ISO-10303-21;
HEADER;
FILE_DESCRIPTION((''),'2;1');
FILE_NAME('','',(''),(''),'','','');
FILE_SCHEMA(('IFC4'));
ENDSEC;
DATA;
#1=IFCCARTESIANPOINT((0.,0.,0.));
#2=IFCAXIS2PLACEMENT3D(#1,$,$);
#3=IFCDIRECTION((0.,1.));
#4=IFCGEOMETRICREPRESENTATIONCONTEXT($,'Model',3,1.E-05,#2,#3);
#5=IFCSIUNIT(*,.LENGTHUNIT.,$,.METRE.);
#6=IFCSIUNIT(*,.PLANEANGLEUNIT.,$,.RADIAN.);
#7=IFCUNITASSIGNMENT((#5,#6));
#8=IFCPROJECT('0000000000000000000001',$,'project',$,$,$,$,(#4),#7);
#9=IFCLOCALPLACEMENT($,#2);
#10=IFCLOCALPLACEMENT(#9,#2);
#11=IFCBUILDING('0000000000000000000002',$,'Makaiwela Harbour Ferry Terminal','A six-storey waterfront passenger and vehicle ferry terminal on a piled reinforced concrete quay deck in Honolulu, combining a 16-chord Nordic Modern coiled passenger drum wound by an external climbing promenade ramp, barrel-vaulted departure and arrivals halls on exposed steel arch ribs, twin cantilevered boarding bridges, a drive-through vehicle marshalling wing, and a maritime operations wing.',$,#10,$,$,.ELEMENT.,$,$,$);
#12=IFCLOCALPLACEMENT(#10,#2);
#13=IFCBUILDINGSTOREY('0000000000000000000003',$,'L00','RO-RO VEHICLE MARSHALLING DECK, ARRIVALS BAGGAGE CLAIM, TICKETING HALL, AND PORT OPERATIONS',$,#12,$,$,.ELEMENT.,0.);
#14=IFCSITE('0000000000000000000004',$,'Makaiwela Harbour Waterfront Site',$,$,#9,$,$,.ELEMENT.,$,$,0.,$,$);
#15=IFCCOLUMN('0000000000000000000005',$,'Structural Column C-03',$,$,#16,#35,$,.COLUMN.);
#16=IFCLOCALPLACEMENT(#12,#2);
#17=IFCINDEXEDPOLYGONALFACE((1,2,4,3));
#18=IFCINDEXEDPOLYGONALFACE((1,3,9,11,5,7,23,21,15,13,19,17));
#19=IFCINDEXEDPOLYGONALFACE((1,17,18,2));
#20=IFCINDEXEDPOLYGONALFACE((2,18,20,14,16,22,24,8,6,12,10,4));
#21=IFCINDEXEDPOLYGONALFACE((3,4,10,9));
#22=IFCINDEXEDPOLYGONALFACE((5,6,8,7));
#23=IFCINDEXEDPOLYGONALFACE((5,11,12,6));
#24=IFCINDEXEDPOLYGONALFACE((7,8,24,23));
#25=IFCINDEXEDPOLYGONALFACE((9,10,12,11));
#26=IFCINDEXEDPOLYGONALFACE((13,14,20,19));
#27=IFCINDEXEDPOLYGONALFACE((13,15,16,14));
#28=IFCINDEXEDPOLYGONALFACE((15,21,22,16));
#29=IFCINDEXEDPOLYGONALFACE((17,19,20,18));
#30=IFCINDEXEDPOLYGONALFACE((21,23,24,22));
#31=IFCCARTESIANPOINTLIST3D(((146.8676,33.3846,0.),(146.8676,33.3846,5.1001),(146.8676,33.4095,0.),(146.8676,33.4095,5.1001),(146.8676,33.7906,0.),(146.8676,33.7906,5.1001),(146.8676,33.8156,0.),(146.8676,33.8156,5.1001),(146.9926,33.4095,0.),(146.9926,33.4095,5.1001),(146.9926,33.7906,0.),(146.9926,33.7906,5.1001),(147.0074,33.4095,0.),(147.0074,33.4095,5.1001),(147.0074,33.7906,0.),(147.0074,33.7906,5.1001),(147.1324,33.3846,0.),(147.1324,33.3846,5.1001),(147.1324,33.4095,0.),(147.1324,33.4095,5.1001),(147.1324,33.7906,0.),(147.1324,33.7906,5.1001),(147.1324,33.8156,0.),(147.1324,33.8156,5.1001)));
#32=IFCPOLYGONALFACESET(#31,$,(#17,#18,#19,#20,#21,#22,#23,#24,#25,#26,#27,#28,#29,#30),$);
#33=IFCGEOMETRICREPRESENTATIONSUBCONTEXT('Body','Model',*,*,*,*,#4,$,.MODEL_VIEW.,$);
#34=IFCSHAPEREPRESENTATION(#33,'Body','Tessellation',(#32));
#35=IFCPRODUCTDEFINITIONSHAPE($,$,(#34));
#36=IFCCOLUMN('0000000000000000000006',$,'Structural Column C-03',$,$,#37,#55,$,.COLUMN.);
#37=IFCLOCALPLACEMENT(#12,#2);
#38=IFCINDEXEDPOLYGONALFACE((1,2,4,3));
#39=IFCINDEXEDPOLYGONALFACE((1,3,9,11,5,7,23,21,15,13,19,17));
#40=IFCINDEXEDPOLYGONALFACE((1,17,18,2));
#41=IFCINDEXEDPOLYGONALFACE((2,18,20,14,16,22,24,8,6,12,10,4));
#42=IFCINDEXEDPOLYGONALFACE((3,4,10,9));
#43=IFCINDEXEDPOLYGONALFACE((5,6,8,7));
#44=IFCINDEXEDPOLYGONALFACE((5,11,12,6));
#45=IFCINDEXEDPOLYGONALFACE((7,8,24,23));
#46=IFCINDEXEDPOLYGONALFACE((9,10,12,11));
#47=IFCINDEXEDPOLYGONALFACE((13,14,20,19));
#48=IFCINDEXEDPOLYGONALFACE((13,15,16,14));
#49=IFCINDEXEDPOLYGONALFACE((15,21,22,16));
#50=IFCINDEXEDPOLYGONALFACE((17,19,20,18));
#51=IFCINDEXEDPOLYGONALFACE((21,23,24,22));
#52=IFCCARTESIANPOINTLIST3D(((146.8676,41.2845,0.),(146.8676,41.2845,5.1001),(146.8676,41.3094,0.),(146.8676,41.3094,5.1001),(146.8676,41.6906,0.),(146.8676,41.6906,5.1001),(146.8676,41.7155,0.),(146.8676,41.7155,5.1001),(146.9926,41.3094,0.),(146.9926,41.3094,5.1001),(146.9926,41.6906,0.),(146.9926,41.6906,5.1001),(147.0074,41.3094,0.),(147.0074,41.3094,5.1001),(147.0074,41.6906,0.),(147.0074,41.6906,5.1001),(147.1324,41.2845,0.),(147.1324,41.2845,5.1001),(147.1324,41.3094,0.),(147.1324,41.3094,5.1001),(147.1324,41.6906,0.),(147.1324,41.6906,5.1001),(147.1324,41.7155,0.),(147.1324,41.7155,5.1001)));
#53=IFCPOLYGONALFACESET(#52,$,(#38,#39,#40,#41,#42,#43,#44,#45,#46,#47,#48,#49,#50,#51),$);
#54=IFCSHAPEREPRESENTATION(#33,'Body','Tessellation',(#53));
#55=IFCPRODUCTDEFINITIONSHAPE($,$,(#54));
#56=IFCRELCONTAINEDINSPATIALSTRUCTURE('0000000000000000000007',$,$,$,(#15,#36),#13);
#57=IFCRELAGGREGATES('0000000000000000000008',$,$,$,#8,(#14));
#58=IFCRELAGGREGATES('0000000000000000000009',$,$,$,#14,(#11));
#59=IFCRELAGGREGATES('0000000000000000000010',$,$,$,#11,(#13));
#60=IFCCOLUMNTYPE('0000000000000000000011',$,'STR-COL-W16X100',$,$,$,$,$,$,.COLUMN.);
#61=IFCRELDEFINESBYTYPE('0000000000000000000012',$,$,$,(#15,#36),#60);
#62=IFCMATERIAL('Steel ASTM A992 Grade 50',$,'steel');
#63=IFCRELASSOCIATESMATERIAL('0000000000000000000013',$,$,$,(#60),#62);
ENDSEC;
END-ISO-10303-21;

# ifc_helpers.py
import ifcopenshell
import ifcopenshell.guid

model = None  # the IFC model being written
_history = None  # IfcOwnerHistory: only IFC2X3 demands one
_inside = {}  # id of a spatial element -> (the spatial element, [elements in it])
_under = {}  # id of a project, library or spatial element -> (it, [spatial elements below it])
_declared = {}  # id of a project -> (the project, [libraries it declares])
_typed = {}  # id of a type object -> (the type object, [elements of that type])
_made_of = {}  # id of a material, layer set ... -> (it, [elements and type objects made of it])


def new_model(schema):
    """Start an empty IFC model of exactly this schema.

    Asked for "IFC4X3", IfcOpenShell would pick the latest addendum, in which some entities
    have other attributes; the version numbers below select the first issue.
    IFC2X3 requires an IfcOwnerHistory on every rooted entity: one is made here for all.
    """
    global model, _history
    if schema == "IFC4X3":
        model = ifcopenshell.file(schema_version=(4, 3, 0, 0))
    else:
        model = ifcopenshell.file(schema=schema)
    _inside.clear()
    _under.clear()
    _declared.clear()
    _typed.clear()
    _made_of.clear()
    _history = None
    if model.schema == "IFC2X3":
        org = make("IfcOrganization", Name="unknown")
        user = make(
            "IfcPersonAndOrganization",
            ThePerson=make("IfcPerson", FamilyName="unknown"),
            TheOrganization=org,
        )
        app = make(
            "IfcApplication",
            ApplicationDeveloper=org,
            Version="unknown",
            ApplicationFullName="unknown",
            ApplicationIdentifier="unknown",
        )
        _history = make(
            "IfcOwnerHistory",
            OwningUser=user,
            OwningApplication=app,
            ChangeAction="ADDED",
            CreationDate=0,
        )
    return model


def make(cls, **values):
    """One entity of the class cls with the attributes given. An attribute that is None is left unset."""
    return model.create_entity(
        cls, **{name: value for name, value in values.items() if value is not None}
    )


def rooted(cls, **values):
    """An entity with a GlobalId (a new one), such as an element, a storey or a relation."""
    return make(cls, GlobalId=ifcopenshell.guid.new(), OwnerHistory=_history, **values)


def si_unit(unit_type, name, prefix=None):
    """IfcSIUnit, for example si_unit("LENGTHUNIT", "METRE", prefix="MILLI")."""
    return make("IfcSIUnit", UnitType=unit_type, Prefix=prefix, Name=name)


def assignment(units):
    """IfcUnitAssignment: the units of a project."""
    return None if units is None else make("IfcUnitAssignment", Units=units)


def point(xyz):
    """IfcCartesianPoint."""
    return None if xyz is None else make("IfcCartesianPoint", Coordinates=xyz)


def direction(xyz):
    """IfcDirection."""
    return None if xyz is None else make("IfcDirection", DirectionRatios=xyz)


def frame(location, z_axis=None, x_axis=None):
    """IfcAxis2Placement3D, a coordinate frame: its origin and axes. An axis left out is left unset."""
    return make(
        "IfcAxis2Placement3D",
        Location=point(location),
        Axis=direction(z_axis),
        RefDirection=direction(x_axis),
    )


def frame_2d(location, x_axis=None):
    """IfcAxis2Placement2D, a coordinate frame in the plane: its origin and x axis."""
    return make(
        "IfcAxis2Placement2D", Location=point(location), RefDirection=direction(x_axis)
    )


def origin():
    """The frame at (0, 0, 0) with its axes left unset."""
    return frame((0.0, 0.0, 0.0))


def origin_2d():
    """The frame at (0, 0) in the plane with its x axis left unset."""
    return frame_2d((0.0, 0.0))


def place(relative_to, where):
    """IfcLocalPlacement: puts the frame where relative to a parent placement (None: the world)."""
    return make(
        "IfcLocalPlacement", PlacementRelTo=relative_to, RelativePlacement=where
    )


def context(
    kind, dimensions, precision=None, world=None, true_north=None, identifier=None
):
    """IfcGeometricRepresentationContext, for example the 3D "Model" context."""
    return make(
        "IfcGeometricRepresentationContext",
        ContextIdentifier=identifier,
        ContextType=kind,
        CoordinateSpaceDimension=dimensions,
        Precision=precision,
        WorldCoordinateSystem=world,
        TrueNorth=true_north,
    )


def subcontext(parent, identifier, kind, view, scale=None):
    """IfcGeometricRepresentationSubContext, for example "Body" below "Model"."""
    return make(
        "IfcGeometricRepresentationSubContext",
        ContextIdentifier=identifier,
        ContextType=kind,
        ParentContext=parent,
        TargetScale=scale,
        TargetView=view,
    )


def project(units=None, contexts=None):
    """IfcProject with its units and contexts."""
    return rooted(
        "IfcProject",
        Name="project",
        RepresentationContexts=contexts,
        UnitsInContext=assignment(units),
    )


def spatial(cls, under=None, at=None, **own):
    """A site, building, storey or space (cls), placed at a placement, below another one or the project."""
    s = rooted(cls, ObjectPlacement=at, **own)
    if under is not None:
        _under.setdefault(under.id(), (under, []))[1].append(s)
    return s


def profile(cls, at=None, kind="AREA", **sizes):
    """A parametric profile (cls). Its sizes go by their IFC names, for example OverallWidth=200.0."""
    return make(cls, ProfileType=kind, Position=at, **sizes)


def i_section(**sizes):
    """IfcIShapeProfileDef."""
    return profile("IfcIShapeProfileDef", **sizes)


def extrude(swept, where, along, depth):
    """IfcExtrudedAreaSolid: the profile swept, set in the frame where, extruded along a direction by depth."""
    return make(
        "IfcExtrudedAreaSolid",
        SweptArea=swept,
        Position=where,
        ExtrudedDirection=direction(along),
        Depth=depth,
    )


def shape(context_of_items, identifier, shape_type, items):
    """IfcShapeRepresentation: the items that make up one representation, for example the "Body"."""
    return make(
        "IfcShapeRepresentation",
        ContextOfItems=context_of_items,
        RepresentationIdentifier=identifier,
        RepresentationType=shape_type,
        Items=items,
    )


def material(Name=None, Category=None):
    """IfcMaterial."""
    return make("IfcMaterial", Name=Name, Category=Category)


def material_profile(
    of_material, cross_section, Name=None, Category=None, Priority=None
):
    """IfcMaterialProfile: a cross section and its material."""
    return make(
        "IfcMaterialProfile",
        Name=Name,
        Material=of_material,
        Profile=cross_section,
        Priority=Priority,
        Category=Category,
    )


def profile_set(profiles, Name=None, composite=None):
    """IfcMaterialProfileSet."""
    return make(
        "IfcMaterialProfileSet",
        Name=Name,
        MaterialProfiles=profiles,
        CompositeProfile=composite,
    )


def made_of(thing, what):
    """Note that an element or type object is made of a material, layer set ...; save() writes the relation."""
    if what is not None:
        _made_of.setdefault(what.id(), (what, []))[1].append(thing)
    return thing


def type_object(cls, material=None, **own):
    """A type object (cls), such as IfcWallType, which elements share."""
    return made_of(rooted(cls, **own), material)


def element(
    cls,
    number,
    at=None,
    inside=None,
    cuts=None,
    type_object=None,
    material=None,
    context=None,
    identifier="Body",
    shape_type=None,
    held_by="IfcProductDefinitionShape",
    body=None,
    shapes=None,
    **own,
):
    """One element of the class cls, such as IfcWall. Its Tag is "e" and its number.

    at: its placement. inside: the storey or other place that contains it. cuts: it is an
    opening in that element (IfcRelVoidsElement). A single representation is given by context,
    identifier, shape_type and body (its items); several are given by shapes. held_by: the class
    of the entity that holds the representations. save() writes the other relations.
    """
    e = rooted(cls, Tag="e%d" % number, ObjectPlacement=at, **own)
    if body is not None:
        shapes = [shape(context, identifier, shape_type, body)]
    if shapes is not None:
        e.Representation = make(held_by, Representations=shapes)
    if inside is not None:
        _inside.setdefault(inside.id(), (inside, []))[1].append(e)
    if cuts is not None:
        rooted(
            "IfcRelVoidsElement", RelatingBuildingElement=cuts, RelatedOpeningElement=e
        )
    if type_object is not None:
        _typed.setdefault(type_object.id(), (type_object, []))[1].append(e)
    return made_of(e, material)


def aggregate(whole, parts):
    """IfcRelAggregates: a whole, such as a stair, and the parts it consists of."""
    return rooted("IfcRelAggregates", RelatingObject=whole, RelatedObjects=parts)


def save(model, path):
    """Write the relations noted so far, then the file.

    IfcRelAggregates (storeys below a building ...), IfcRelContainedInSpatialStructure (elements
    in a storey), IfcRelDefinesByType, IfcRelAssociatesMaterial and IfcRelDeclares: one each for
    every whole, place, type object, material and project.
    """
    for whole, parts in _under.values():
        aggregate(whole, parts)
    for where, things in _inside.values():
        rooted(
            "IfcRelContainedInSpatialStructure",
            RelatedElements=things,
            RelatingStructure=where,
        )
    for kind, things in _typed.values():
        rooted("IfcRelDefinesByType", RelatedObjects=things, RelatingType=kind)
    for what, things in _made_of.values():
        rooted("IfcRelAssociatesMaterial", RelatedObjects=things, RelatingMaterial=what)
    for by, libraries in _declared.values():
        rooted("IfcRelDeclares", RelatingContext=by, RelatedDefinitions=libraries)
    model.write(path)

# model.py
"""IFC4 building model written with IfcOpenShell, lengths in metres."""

from ifc_helpers import new_model, si_unit, direction, frame, origin, origin_2d, place, context, subcontext, project, spatial, i_section, extrude, material, material_profile, profile_set, type_object, element, save


model = new_model("IFC4")

# Units and contexts
model_context = context("Model", 3, precision=1e-05, world=origin(), true_north=direction((0.0, 1.0)))
body_context = subcontext(model_context, "Body", "Model", "MODEL_VIEW")
ifc_project = project(units=[si_unit("LENGTHUNIT", "METRE"), si_unit("PLANEANGLEUNIT", "RADIAN")], contexts=[model_context])

# Site, building, storey
site_placement = place(None, origin())
site = spatial("IfcSite", under=ifc_project, at=site_placement, Name="Makaiwela Harbour Waterfront Site", CompositionType="ELEMENT", RefElevation=0.0)
building_placement = place(site_placement, origin())
building = spatial("IfcBuilding", under=site, at=building_placement, Name="Makaiwela Harbour Ferry Terminal", Description="A six-storey waterfront passenger and vehicle ferry terminal on a piled reinforced concrete quay deck in Honolulu, combining a 16-chord Nordic Modern coiled passenger drum wound by an external climbing promenade ramp, barrel-vaulted departure and arrivals halls on exposed steel arch ribs, twin cantilevered boarding bridges, a drive-through vehicle marshalling wing, and a maritime operations wing.", CompositionType="ELEMENT")
storey_placement = place(building_placement, origin())
storey = spatial("IfcBuildingStorey", under=building, at=storey_placement, Name="L00", Description="RO-RO VEHICLE MARSHALLING DECK, ARRIVALS BAGGAGE CLAIM, TICKETING HALL, AND PORT OPERATIONS", CompositionType="ELEMENT", Elevation=0.0)

# Columns
ifc_material_1 = material(Name="Steel ASTM A992 Grade 50", Category="steel")
ifc_material_profile_1 = material_profile(ifc_material_1, i_section(OverallWidth=0.2649, OverallDepth=0.4309, WebThickness=0.0149, FlangeThickness=0.0249, at=origin_2d()), Name="W16X100")
ifc_profile_set_1 = profile_set([ifc_material_profile_1], Name="Steel ASTM A992 Grade 50")
column_type = type_object("IfcColumnType", Name="STR-COL-W16X100", PredefinedType="COLUMN", material=ifc_profile_set_1)
for number, where, z_axis, x_axis, name in (
    (1, (147.0, 33.6001, 0.0), (0.0, 0.0, 1.0), (1.0, 0.0, 0.0), "Structural Column C-03"),
    (2, (147.0, 41.5, 0.0), (0.0, 0.0, 1.0), (1.0, 0.0, 0.0), "Structural Column C-03"),
):
    element("IfcColumn", number, at=place(storey_placement, frame(where, z_axis=z_axis, x_axis=x_axis)), inside=storey, type_object=column_type, Name=name, PredefinedType="COLUMN", context=body_context, shape_type="SweptSolid", body=[
        extrude(i_section(OverallWidth=0.2649, OverallDepth=0.4309, WebThickness=0.0149, FlangeThickness=0.0249, at=origin_2d()), origin(), (0.0, 0.0, 1.0), 5.1001),
    ])

save(model, "model.ifc")
